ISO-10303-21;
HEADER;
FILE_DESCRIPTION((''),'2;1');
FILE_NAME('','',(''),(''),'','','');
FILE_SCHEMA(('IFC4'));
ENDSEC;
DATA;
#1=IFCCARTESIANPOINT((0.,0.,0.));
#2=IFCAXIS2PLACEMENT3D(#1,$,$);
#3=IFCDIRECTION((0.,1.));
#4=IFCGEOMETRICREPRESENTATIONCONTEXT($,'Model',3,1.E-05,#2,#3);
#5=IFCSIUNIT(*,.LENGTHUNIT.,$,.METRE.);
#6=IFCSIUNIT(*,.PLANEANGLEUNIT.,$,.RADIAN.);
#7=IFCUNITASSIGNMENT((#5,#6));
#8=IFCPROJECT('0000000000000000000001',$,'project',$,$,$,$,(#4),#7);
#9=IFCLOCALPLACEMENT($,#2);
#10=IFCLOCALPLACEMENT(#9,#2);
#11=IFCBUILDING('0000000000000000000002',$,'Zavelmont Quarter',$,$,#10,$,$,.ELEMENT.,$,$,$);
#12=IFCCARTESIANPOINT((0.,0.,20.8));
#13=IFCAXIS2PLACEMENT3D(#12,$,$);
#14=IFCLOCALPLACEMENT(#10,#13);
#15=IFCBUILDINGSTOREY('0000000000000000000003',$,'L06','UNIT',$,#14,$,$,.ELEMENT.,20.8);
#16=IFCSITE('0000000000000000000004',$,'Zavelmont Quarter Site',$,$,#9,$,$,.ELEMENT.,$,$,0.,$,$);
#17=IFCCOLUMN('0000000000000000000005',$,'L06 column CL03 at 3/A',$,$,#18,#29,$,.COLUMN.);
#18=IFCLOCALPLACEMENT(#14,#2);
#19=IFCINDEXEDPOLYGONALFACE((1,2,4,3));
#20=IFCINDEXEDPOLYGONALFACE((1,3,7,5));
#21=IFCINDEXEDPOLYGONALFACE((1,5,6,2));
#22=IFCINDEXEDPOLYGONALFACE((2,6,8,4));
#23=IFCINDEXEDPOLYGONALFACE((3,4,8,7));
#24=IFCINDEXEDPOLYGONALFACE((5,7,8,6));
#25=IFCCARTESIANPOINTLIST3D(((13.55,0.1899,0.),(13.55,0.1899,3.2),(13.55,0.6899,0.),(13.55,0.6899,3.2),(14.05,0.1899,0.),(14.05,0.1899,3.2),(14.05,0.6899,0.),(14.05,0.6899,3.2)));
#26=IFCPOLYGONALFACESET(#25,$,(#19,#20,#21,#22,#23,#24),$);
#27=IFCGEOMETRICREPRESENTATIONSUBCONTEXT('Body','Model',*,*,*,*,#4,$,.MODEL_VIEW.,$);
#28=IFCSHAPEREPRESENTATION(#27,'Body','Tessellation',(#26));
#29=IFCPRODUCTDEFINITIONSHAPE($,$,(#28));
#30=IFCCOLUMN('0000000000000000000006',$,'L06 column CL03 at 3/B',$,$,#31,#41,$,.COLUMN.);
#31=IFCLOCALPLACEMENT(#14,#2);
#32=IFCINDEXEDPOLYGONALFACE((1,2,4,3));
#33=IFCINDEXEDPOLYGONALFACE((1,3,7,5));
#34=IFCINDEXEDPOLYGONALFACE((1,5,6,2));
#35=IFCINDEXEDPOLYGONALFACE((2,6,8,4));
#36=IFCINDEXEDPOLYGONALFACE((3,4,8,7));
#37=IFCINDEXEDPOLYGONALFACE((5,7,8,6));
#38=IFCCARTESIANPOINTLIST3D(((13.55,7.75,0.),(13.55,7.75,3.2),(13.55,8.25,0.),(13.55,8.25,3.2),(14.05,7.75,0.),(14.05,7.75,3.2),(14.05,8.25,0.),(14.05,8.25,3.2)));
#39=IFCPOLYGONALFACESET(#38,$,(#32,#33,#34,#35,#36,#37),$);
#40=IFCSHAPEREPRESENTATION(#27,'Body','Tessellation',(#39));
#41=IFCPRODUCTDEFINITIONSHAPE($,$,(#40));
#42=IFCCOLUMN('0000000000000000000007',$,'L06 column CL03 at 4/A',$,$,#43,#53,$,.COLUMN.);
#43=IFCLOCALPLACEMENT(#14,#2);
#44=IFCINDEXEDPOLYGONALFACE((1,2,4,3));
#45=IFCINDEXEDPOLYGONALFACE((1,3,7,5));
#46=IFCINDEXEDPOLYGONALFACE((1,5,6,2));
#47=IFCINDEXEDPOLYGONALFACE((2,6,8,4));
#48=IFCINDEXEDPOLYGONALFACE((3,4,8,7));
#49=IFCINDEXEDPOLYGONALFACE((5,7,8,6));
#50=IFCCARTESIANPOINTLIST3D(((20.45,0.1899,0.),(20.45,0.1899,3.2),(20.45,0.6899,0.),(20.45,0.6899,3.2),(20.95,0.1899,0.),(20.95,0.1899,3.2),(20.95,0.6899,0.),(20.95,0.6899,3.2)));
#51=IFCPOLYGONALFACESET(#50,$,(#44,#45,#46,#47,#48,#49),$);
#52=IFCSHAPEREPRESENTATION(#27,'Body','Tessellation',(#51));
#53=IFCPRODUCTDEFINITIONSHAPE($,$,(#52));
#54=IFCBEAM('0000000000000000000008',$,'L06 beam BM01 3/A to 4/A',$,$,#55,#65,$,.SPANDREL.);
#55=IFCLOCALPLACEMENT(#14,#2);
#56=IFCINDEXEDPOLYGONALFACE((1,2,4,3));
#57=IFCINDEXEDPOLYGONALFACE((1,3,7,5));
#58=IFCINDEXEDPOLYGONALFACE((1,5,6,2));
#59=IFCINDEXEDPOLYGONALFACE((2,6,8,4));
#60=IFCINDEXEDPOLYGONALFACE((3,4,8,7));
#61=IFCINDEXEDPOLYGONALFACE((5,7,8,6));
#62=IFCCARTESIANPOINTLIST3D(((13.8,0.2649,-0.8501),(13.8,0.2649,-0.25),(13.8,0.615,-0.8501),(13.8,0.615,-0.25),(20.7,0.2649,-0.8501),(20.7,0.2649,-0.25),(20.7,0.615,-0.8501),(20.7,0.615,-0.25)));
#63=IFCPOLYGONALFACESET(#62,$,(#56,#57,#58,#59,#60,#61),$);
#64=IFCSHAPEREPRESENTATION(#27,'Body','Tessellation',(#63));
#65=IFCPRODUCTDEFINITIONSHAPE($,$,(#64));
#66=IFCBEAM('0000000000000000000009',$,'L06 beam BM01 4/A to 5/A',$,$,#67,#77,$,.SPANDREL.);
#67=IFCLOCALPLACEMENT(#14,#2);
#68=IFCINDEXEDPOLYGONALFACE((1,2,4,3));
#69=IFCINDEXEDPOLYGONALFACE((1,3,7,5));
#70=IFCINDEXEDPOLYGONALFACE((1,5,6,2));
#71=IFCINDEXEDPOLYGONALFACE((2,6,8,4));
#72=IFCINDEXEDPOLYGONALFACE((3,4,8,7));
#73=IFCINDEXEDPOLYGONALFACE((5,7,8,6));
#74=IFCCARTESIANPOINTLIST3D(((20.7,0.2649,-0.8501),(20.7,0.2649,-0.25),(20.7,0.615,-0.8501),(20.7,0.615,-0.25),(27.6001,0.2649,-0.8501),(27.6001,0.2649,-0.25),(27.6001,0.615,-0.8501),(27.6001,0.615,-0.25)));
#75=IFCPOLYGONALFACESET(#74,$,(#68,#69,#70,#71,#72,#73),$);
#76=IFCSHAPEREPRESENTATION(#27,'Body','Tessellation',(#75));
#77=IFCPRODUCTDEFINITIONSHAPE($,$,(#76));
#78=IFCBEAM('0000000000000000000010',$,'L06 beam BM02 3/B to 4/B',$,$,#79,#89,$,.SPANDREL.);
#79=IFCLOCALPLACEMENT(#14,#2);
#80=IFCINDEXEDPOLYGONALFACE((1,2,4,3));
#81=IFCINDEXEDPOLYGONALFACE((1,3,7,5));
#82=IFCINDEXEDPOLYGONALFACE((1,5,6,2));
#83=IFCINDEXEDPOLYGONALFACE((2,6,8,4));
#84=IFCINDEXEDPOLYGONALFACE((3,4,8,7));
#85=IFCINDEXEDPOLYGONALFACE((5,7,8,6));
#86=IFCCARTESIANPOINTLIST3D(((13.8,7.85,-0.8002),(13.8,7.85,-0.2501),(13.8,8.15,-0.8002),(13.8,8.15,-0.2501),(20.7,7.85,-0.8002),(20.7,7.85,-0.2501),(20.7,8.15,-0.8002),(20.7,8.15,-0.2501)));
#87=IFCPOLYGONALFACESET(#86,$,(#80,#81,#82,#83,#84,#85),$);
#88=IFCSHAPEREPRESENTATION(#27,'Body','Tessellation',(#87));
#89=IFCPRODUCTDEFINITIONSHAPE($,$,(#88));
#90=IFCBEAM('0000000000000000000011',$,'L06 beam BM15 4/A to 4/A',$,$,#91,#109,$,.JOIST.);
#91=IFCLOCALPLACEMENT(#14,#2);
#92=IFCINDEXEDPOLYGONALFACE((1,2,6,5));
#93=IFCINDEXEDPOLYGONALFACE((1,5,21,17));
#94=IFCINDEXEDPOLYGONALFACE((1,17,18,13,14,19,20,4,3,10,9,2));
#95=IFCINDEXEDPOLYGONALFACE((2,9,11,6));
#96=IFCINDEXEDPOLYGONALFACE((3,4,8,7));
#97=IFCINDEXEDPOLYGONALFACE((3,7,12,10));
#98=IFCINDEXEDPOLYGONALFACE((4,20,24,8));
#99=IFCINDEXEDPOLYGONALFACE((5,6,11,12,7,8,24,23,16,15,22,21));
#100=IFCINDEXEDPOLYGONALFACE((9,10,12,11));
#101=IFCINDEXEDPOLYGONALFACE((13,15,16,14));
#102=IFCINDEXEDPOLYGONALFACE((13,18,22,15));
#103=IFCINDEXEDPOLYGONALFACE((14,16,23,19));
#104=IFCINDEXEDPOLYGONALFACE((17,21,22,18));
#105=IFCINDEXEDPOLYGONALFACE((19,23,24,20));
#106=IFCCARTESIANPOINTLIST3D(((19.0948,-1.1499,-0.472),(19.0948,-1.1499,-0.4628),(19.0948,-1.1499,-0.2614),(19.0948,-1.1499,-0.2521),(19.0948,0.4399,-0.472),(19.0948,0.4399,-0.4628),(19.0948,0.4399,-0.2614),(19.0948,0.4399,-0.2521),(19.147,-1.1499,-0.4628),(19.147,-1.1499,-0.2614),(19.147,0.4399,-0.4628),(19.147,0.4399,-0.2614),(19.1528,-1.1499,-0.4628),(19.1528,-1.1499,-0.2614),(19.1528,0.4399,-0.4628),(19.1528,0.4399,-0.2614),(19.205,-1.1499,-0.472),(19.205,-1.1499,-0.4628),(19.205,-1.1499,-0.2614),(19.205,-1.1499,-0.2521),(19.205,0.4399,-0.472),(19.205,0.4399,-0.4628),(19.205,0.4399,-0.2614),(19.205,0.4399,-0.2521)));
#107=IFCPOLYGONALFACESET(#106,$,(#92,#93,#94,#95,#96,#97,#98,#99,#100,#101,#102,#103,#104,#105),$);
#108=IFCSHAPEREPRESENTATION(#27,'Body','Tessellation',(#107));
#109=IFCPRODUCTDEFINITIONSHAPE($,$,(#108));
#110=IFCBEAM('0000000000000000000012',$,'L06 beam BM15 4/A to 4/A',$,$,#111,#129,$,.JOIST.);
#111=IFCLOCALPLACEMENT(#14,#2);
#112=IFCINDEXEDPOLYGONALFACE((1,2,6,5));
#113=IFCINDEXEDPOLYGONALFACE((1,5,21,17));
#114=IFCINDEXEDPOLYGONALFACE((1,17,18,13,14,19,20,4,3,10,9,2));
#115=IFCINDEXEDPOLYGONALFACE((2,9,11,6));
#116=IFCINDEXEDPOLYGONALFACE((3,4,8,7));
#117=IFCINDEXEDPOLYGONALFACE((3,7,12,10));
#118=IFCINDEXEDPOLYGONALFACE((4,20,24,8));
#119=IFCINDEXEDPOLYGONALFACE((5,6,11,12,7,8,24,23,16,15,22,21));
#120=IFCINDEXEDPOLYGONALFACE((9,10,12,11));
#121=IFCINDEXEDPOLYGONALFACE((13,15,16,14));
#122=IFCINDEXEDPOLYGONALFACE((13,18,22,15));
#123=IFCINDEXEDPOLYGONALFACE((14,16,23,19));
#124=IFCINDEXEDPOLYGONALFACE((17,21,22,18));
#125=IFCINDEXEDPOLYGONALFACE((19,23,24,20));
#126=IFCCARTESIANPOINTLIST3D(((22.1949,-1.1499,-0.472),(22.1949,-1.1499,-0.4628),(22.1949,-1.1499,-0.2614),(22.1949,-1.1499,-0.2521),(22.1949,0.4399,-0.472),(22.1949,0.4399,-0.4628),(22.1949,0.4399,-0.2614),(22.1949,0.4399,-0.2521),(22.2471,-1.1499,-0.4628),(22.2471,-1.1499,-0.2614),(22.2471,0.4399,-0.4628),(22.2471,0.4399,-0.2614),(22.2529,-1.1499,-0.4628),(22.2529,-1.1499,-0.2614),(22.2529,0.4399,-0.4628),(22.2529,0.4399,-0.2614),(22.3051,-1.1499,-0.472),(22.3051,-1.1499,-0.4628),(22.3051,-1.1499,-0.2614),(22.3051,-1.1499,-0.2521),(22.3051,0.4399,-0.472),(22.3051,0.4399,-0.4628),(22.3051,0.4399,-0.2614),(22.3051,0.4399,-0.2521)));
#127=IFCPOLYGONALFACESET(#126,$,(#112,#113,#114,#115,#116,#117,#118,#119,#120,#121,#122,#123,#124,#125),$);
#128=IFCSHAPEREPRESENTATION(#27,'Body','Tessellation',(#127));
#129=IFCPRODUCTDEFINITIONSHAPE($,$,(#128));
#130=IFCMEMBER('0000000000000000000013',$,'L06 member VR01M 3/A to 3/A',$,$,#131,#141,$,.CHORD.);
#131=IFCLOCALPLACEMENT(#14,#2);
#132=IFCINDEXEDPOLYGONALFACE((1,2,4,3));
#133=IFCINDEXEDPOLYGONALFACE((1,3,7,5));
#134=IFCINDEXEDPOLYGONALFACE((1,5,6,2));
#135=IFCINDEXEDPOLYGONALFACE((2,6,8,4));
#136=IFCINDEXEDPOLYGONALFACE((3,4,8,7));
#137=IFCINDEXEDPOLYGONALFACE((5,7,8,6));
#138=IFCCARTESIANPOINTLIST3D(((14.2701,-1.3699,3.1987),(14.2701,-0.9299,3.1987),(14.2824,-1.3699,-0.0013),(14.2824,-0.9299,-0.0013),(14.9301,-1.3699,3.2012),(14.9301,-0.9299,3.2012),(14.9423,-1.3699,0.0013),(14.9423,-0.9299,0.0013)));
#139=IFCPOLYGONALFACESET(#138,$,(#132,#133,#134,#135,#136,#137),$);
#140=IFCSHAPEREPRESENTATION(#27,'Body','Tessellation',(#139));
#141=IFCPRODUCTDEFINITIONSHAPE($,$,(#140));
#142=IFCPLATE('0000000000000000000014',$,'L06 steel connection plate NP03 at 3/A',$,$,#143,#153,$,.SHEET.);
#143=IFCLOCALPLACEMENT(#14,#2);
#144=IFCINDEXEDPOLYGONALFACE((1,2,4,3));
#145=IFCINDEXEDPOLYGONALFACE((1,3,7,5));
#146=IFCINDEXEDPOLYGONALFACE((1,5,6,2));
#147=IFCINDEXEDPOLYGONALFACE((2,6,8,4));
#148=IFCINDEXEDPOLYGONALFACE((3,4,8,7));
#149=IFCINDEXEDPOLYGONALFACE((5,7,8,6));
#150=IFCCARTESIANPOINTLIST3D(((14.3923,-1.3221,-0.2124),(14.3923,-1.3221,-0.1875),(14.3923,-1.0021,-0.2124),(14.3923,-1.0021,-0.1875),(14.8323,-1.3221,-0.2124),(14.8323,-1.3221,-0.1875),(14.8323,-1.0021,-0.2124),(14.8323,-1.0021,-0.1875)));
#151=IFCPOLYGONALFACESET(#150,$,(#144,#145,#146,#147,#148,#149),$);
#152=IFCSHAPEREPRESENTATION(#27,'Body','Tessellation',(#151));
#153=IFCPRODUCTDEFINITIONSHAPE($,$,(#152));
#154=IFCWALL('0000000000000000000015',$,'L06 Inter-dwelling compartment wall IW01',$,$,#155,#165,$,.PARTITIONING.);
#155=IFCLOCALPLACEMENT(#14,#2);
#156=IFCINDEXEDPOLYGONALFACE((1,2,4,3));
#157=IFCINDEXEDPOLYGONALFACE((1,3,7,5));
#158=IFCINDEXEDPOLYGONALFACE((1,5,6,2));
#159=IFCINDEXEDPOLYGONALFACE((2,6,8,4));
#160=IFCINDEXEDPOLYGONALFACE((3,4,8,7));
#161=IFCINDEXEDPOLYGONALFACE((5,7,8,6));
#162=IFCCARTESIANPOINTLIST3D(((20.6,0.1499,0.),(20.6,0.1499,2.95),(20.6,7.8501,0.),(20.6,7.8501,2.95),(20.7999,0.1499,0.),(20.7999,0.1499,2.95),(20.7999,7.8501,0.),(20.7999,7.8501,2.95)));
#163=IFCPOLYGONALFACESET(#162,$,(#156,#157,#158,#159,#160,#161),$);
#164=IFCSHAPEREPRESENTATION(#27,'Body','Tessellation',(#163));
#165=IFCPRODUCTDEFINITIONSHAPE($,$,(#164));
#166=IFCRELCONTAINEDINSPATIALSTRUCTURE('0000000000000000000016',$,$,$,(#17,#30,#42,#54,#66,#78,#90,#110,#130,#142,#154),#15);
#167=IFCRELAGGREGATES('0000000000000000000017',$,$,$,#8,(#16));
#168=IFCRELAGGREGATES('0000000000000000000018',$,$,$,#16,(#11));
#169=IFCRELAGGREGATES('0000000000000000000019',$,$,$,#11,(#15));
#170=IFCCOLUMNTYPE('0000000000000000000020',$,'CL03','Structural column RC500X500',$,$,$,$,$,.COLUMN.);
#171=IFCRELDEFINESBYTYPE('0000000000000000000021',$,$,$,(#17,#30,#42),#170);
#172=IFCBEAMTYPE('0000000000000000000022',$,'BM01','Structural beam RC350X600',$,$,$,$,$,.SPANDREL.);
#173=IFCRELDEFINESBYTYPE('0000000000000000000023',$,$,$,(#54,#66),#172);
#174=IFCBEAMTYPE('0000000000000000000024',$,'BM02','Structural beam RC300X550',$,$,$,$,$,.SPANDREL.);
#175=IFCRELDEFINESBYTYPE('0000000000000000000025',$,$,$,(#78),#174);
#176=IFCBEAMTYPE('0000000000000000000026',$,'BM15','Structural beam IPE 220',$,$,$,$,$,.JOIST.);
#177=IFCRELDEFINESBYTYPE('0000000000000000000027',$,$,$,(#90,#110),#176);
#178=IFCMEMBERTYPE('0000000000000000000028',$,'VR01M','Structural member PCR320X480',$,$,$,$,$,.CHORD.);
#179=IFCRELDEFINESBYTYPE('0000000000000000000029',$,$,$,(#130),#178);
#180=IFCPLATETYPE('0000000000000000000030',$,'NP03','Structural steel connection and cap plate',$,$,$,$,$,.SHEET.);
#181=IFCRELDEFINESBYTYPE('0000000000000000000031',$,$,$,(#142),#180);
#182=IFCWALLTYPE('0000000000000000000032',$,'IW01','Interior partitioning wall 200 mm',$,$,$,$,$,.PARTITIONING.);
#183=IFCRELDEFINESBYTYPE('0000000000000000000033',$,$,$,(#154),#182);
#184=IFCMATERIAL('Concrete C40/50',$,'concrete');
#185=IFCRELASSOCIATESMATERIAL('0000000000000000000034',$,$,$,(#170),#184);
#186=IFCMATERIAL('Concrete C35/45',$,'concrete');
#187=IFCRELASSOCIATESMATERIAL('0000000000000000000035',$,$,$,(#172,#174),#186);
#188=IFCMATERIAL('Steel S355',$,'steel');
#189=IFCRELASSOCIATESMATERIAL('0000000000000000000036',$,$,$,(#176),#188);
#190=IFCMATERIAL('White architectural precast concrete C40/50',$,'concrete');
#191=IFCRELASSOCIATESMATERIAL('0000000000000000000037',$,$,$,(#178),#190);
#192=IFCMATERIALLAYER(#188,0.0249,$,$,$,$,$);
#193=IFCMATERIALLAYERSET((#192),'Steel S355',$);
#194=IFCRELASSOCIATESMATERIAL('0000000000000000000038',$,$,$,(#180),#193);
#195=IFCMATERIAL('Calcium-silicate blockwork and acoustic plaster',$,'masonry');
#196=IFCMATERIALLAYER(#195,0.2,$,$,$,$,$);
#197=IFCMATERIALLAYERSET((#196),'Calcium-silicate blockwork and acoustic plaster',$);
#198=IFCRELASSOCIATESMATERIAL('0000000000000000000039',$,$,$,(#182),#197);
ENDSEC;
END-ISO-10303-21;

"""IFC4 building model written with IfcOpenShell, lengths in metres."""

from ifc_helpers import new_model, si_unit, direction, frame, frame_2d, origin, origin_2d, place, context, subcontext, project, spatial, rectangle, i_section, extrude, material, layer, layer_set, material_profile, profile_set, type_object, element, save


model = new_model("IFC4")

# Units and contexts
model_context = context("Model", 3, precision=1e-05, world=origin(), true_north=direction((0.0, 1.0)))
body_context = subcontext(model_context, "Body", "Model", "MODEL_VIEW")
ifc_project = project(units=[si_unit("LENGTHUNIT", "METRE"), si_unit("PLANEANGLEUNIT", "RADIAN")], contexts=[model_context])

# Site, building, storey
site_placement = place(None, origin())
site = spatial("IfcSite", under=ifc_project, at=site_placement, Name="Zavelmont Quarter Site", CompositionType="ELEMENT", RefElevation=0.0)
building_placement = place(site_placement, origin())
building = spatial("IfcBuilding", under=site, at=building_placement, Name="Zavelmont Quarter", CompositionType="ELEMENT")
storey_placement = place(building_placement, frame((0.0, 0.0, 20.8)))
storey = spatial("IfcBuildingStorey", under=building, at=storey_placement, Name="L06", Description="UNIT", CompositionType="ELEMENT", Elevation=20.8)

# Columns
ifc_material_1 = material(Name="Concrete C40/50", Category="concrete")
ifc_material_profile_1 = material_profile(ifc_material_1, rectangle(XDim=0.5, YDim=0.5, at=origin_2d()), Name="RC500X500")
ifc_profile_set_1 = profile_set([ifc_material_profile_1], Name="Concrete C40/50")
column_type = type_object("IfcColumnType", Name="CL03", Description="Structural column RC500X500", PredefinedType="COLUMN", material=ifc_profile_set_1)
for number, where, z_axis, x_axis, name in (
    (1, (13.8, 0.4399, 0.0), (0.0, 0.0, 1.0), (1.0, 0.0, 0.0), "L06 column CL03 at 3/A"),
    (2, (13.8, 8.0, 0.0), (0.0, 0.0, 1.0), (1.0, 0.0, 0.0), "L06 column CL03 at 3/B"),
    (3, (20.7, 0.4399, 0.0), (0.0, 0.0, 1.0), (1.0, 0.0, 0.0), "L06 column CL03 at 4/A"),
):
    element("IfcColumn", number, at=place(storey_placement, frame(where, z_axis=z_axis, x_axis=x_axis)), inside=storey, type_object=column_type, Name=name, PredefinedType="COLUMN", context=body_context, shape_type="SweptSolid", body=[
        extrude(rectangle(XDim=0.5, YDim=0.5, at=origin_2d()), origin(), (0.0, 0.0, 1.0), 3.2),
    ])

# Beams
ifc_material_2 = material(Name="Concrete C35/45", Category="concrete")
ifc_material_profile_2 = material_profile(ifc_material_2, rectangle(XDim=0.3501, YDim=0.6001, at=origin_2d()), Name="RC350X600")
ifc_profile_set_2 = profile_set([ifc_material_profile_2], Name="Concrete C35/45")
beam_type_1 = type_object("IfcBeamType", Name="BM01", Description="Structural beam RC350X600", PredefinedType="SPANDREL", material=ifc_profile_set_2)
beam_1_placement = place(storey_placement, frame((13.8, 0.4399, -0.55), z_axis=(1.0, 0.0, 0.0), x_axis=(0.0, 1.0, 0.0)))
element("IfcBeam", 4, at=beam_1_placement, inside=storey, type_object=beam_type_1, Name="L06 beam BM01 3/A to 4/A", PredefinedType="SPANDREL", context=body_context, shape_type="SweptSolid", body=[
    extrude(rectangle(XDim=0.3501, YDim=0.6001, at=origin_2d()), origin(), (0.0, 0.0, 1.0), 6.8999),
])
beam_2_placement = place(storey_placement, frame((20.7, 0.4399, -0.55), z_axis=(1.0, 0.0, 0.0), x_axis=(0.0, 1.0, 0.0)))
element("IfcBeam", 5, at=beam_2_placement, inside=storey, type_object=beam_type_1, Name="L06 beam BM01 4/A to 5/A", PredefinedType="SPANDREL", context=body_context, shape_type="SweptSolid", body=[
    extrude(rectangle(XDim=0.3501, YDim=0.6001, at=origin_2d()), origin(), (0.0, 0.0, 1.0), 6.9001),
])
ifc_material_profile_3 = material_profile(ifc_material_2, rectangle(XDim=0.3, YDim=0.55, at=origin_2d()), Name="RC300X550")
ifc_profile_set_3 = profile_set([ifc_material_profile_3], Name="Concrete C35/45")
beam_type_2 = type_object("IfcBeamType", Name="BM02", Description="Structural beam RC300X550", PredefinedType="SPANDREL", material=ifc_profile_set_3)
beam_3_placement = place(storey_placement, frame((13.8, 8.0, -0.5251), z_axis=(1.0, 0.0, 0.0), x_axis=(0.0, 1.0, 0.0)))
element("IfcBeam", 6, at=beam_3_placement, inside=storey, type_object=beam_type_2, Name="L06 beam BM02 3/B to 4/B", PredefinedType="SPANDREL", context=body_context, shape_type="SweptSolid", body=[
    extrude(rectangle(XDim=0.3, YDim=0.55, at=origin_2d()), origin(), (0.0, 0.0, 1.0), 6.8999),
])
ifc_material_3 = material(Name="Steel S355", Category="steel")
ifc_material_profile_4 = material_profile(ifc_material_3, i_section(OverallWidth=0.1101, OverallDepth=0.22, WebThickness=0.0059, FlangeThickness=0.0093, at=origin_2d()), Name="IPE 220")
ifc_profile_set_4 = profile_set([ifc_material_profile_4], Name="Steel S355")
beam_type_3 = type_object("IfcBeamType", Name="BM15", Description="Structural beam IPE 220", PredefinedType="JOIST", material=ifc_profile_set_4)
for number, where, z_axis, x_axis, name in (
    (7, (19.1499, 0.4399, -0.3621), (0.0, -1.0, 0.0), (1.0, 0.0, 0.0), "L06 beam BM15 4/A to 4/A"),
    (8, (22.25, 0.4399, -0.3621), (0.0, -1.0, 0.0), (1.0, 0.0, 0.0), "L06 beam BM15 4/A to 4/A"),
):
    element("IfcBeam", number, at=place(storey_placement, frame(where, z_axis=z_axis, x_axis=x_axis)), inside=storey, type_object=beam_type_3, Name=name, PredefinedType="JOIST", context=body_context, shape_type="SweptSolid", body=[
        extrude(i_section(OverallWidth=0.1101, OverallDepth=0.22, WebThickness=0.0059, FlangeThickness=0.0093, at=origin_2d()), origin(), (0.0, 0.0, 1.0), 1.5898),
    ])

# Member
ifc_material_4 = material(Name="White architectural precast concrete C40/50", Category="concrete")
ifc_material_profile_5 = material_profile(ifc_material_4, rectangle(XDim=0.4399, YDim=0.6599, at=origin_2d()), Name="PCR320X480")
ifc_profile_set_5 = profile_set([ifc_material_profile_5], Name="White architectural precast concrete C40/50")
member_type = type_object("IfcMemberType", Name="VR01M", Description="Structural member PCR320X480", PredefinedType="CHORD", material=ifc_profile_set_5)
member_placement = place(storey_placement, frame((14.6123, -1.1499, 0.0), z_axis=(-0.003815, 0.0, 0.999993), x_axis=(0.0, -1.0, 0.0)))
element("IfcMember", 9, at=member_placement, inside=storey, type_object=member_type, Name="L06 member VR01M 3/A to 3/A", PredefinedType="CHORD", context=body_context, shape_type="SweptSolid", body=[
    extrude(rectangle(XDim=0.4399, YDim=0.6599, at=origin_2d()), origin(), (0.0, 0.0, 1.0), 3.2),
])

# Plate
ifc_layer_1 = layer(ifc_material_3, 0.0249)
ifc_layer_set_1 = layer_set([ifc_layer_1], Name="Steel S355")
plate_type = type_object("IfcPlateType", Name="NP03", Description="Structural steel connection and cap plate", PredefinedType="SHEET", material=ifc_layer_set_1)
plate_placement = place(storey_placement, frame((14.6123, -1.1621, -0.2124), z_axis=(0.0, 0.0, 1.0), x_axis=(1.0, 0.0, 0.0)))
element("IfcPlate", 10, at=plate_placement, inside=storey, type_object=plate_type, Name="L06 steel connection plate NP03 at 3/A", PredefinedType="SHEET", context=body_context, shape_type="SweptSolid", body=[
    extrude(rectangle(XDim=0.4399, YDim=0.3201, at=origin_2d()), origin(), (0.0, 0.0, 1.0), 0.0249),
])

# Wall
ifc_material_5 = material(Name="Calcium-silicate blockwork and acoustic plaster", Category="masonry")
ifc_layer_2 = layer(ifc_material_5, 0.2)
ifc_layer_set_2 = layer_set([ifc_layer_2], Name="Calcium-silicate blockwork and acoustic plaster")
wall_type_1 = type_object("IfcWallType", Name="IW01", Description="Interior partitioning wall 200 mm", PredefinedType="PARTITIONING", material=ifc_layer_set_2)
wall_1_placement = place(storey_placement, frame((20.7, 7.8501, 0.0), z_axis=(0.0, 0.0, 1.0), x_axis=(0.0, -1.0, 0.0)))
element("IfcWall", 11, at=wall_1_placement, inside=storey, type_object=wall_type_1, Name="L06 Inter-dwelling compartment wall IW01", PredefinedType="PARTITIONING", context=body_context, shape_type="SweptSolid", body=[
    extrude(rectangle(XDim=7.7002, YDim=0.2, at=frame_2d((3.8501, 0.0))), origin(), (0.0, 0.0, 1.0), 2.95),
])

save(model, "model.ifc")
